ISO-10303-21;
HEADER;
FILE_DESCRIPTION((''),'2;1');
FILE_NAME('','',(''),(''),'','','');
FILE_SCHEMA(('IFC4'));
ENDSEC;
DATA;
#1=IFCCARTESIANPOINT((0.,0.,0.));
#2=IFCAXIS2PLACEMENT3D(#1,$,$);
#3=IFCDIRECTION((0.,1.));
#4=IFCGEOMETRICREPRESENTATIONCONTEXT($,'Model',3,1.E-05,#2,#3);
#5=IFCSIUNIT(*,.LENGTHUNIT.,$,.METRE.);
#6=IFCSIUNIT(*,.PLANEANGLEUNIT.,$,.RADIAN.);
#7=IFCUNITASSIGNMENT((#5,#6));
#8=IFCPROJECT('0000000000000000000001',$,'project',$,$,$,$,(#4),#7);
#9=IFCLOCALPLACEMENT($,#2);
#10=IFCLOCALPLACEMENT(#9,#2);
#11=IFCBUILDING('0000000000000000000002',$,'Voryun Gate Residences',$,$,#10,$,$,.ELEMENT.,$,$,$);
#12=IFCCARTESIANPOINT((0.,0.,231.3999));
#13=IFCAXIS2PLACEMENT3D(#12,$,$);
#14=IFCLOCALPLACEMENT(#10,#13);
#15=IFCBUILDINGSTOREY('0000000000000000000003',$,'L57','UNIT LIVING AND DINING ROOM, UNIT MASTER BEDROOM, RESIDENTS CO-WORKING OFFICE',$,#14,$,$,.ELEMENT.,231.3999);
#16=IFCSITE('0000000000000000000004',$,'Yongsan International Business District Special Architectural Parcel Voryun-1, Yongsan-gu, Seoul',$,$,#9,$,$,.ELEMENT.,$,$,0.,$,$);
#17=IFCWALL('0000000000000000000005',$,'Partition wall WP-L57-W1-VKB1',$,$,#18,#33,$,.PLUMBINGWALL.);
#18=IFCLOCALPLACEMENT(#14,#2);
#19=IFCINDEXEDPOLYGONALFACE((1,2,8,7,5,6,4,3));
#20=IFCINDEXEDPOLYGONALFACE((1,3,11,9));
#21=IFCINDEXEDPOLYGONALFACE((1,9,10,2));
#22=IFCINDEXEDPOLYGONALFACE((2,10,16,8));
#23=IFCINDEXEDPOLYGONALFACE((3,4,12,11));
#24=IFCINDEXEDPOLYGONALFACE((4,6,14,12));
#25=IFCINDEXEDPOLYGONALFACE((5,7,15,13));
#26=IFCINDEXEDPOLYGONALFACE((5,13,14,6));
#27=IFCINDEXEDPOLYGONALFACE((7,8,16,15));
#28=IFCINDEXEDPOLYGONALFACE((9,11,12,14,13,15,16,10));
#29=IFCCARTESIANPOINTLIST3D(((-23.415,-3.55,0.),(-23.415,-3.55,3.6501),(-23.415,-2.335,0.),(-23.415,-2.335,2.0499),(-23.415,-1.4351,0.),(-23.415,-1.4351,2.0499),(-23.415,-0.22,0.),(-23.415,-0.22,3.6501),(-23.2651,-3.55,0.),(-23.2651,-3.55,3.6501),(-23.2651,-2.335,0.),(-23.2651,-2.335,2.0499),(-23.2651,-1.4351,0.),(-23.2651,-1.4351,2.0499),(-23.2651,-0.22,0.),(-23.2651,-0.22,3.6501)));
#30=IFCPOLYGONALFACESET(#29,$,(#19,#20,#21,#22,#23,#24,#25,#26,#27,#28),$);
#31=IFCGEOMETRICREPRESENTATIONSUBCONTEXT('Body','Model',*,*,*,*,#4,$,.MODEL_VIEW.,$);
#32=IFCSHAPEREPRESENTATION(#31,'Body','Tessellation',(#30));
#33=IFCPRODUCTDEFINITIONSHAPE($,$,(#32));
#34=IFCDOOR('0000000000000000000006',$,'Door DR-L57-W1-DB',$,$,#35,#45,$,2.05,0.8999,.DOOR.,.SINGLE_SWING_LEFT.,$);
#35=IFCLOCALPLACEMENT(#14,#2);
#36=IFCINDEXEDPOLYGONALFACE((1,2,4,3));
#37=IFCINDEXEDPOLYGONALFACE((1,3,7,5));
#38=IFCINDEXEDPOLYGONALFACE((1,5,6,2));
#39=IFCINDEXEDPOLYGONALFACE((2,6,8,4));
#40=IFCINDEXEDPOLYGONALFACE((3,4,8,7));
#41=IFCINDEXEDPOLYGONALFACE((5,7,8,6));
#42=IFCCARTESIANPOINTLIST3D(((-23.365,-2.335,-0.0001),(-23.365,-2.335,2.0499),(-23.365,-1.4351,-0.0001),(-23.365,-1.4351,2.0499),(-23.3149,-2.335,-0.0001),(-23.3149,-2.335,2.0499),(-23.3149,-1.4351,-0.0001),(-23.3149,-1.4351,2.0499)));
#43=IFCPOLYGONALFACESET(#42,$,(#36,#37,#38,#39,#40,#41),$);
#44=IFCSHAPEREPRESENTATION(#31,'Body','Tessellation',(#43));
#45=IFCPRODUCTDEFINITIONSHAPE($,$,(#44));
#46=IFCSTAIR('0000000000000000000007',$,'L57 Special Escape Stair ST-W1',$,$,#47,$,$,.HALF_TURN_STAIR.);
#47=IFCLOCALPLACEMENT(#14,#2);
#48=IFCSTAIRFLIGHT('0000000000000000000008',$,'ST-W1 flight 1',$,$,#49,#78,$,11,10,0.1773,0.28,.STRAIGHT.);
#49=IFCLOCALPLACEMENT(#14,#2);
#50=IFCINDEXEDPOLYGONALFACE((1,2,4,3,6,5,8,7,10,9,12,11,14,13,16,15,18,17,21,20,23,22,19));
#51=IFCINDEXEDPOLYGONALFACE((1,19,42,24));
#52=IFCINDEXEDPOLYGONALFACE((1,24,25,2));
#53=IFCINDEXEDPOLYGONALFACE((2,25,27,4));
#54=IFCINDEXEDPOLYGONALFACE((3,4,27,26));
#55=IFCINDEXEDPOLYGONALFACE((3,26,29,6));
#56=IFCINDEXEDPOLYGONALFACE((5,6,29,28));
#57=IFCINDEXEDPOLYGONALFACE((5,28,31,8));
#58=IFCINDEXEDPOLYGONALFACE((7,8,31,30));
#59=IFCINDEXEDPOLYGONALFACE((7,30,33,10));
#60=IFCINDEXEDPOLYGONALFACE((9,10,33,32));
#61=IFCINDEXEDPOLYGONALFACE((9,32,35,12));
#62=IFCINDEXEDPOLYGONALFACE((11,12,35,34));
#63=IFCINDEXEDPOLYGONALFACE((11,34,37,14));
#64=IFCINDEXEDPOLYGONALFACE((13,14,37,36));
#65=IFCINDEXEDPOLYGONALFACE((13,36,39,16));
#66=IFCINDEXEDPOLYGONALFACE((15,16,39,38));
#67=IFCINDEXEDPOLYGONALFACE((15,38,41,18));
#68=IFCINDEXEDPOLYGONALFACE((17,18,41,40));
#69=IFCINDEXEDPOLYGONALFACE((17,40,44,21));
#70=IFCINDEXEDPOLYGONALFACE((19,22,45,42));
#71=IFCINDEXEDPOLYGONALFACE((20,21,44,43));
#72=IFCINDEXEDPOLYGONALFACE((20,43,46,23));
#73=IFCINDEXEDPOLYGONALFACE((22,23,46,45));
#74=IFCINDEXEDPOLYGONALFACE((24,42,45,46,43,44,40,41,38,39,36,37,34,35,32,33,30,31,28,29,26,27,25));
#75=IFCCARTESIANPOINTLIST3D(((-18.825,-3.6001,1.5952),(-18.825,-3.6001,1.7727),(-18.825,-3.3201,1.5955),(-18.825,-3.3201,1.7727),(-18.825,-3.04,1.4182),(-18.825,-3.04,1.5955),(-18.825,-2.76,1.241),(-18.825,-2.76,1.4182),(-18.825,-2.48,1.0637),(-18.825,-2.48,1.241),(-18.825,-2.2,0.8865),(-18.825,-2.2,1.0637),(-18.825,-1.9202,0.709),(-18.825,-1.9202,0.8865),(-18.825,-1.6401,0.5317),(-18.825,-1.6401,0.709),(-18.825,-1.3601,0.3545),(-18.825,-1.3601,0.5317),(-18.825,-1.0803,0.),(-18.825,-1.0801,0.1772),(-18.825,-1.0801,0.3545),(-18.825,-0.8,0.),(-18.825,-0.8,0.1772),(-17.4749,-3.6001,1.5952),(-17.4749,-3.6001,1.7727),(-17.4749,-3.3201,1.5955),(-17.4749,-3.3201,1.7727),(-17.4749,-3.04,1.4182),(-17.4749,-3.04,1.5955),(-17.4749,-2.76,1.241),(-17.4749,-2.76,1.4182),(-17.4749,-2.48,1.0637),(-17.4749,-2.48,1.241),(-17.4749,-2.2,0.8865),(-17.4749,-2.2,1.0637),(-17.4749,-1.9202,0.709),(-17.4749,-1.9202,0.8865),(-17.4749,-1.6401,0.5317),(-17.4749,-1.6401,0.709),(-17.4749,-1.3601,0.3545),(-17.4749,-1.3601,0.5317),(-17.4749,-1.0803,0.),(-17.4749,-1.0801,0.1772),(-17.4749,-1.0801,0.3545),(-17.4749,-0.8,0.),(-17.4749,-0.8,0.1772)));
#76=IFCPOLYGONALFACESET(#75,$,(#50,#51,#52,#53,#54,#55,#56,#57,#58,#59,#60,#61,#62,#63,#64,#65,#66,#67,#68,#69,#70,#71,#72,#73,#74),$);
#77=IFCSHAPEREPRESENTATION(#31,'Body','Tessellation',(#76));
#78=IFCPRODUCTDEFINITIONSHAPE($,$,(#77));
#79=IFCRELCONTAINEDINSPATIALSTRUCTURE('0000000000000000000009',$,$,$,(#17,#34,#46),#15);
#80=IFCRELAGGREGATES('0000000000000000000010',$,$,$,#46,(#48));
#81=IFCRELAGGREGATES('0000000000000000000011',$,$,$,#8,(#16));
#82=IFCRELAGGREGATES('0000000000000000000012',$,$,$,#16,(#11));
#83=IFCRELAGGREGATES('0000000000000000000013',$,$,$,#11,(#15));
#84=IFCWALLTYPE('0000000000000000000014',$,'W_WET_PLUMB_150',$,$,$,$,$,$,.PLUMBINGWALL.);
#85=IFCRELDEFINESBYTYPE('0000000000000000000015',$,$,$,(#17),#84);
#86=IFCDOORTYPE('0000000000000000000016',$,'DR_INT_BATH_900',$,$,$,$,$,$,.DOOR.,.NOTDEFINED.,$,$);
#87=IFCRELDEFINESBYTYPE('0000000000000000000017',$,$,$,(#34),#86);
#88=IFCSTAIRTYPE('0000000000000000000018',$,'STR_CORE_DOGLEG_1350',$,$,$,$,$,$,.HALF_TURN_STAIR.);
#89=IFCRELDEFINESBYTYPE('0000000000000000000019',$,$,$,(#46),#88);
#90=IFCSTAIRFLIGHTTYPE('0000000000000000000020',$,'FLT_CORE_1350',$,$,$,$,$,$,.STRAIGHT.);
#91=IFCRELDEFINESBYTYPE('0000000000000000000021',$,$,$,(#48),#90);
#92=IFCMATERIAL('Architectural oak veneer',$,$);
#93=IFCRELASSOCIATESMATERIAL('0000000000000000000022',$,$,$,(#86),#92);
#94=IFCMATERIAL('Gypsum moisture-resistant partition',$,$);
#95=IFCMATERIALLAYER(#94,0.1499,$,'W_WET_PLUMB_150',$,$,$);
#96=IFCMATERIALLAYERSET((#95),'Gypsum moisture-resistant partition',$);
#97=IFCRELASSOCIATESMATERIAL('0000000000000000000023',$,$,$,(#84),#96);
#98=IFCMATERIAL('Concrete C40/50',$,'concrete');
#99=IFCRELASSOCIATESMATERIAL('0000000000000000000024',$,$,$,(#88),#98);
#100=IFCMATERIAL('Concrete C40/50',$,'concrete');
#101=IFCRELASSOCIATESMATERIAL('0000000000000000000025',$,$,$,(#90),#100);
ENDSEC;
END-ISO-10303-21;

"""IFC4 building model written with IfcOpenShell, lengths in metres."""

from ifc_helpers import new_model, si_unit, direction, frame, frame_2d, origin, place, context, subcontext, project, spatial, polyline, rectangle, outline, extrude, material, layer, layer_set, type_object, element, fill, aggregate, save


model = new_model("IFC4")

# Units and contexts
model_context = context("Model", 3, precision=1e-05, world=origin(), true_north=direction((0.0, 1.0)))
body_context = subcontext(model_context, "Body", "Model", "MODEL_VIEW")
ifc_project = project(units=[si_unit("LENGTHUNIT", "METRE"), si_unit("PLANEANGLEUNIT", "RADIAN")], contexts=[model_context])

# Site, building, storey
site_placement = place(None, origin())
site = spatial("IfcSite", under=ifc_project, at=site_placement, Name="Yongsan International Business District Special Architectural Parcel Voryun-1, Yongsan-gu, Seoul", CompositionType="ELEMENT", RefElevation=0.0)
building_placement = place(site_placement, origin())
building = spatial("IfcBuilding", under=site, at=building_placement, Name="Voryun Gate Residences", CompositionType="ELEMENT")
storey_placement = place(building_placement, frame((0.0, 0.0, 231.3999)))
storey = spatial("IfcBuildingStorey", under=building, at=storey_placement, Name="L57", Description="UNIT LIVING AND DINING ROOM, UNIT MASTER BEDROOM, RESIDENTS CO-WORKING OFFICE", CompositionType="ELEMENT", Elevation=231.3999)

# Shared definitions
ifc_material_1 = material(Name="Architectural oak veneer")
door_type_1 = type_object("IfcDoorType", Name="DR_INT_BATH_900", OperationType="NOTDEFINED", PredefinedType="DOOR", material=ifc_material_1)

# Wall, opening, door
ifc_material_2 = material(Name="Gypsum moisture-resistant partition")
ifc_layer_1 = layer(ifc_material_2, 0.1499, Name="W_WET_PLUMB_150")
ifc_layer_set_1 = layer_set([ifc_layer_1], Name="Gypsum moisture-resistant partition")
wall_type_1 = type_object("IfcWallType", Name="W_WET_PLUMB_150", PredefinedType="PLUMBINGWALL", material=ifc_layer_set_1)
wall_1_placement = place(storey_placement, frame((-23.3401, -3.55, 0.0), z_axis=(0.0, 0.0, 1.0), x_axis=(0.0, 1.0, 0.0)))
wall_1 = element("IfcWall", 1, at=wall_1_placement, inside=storey, type_object=wall_type_1, Name="Partition wall WP-L57-W1-VKB1", PredefinedType="PLUMBINGWALL", context=body_context, shape_type="SweptSolid", body=[
    extrude(rectangle(XDim=3.3301, YDim=0.1499, at=frame_2d((1.665, 0.0))), origin(), (0.0, 0.0, 1.0), 3.6501),
])
opening_1_placement = place(wall_1_placement, frame((1.2151, 0.0, 0.0)))
opening_1 = element("IfcOpeningElement", 2, at=opening_1_placement, cuts=wall_1, PredefinedType="OPENING", context=body_context, shape_type="SweptSolid", body=[
    extrude(rectangle(XDim=0.8999, YDim=2.05, at=frame_2d((0.45, 1.0249))), frame((0.0, 0.085, 0.0), z_axis=(0.0, -1.0, 0.0), x_axis=(1.0, 0.0, 0.0)), (0.0, 0.0, 1.0), 0.1699),
])
door_1_placement = place(opening_1_placement, origin())
door_1 = element("IfcDoor", 3, at=door_1_placement, inside=storey, type_object=door_type_1, Name="Door DR-L57-W1-DB", OperationType="SINGLE_SWING_LEFT", OverallHeight=2.05, OverallWidth=0.8999, PredefinedType="DOOR", context=body_context, shape_type="SweptSolid", body=[
    extrude(rectangle(XDim=0.8999, YDim=2.05, at=frame_2d((0.45, 1.0249))), frame((0.0, 0.0249, 0.0), z_axis=(0.0, -1.0, 0.0), x_axis=(1.0, 0.0, 0.0)), (0.0, 0.0, 1.0), 0.05),
])
fill(opening_1, door_1)

# Stair, stair flight
ifc_material_3 = material(Name="Concrete C40/50", Category="concrete")
stair_type = type_object("IfcStairType", Name="STR_CORE_DOGLEG_1350", PredefinedType="HALF_TURN_STAIR", material=ifc_material_3)
stair_placement = place(storey_placement, origin())
stair = element("IfcStair", 4, at=stair_placement, inside=storey, type_object=stair_type, Name="L57 Special Escape Stair ST-W1", PredefinedType="HALF_TURN_STAIR")
ifc_material_4 = material(Name="Concrete C40/50", Category="concrete")
stair_flight_type = type_object("IfcStairFlightType", Name="FLT_CORE_1350", PredefinedType="STRAIGHT", material=ifc_material_4)
stair_flight_placement = place(storey_placement, frame((-18.1499, -0.8, 0.0), z_axis=(0.0, 0.0, 1.0), x_axis=(0.0, -1.0, 0.0)))
stair_flight = element("IfcStairFlight", 5, at=stair_flight_placement, type_object=stair_flight_type, Name="ST-W1 flight 1", NumberOfRisers=11, NumberOfTreads=10, PredefinedType="STRAIGHT", RiserHeight=0.1773, TreadLength=0.28, context=body_context, shape_type="SweptSolid", body=[
    extrude(outline(polyline([(0.0, 0.0), (0.0, 0.1772), (0.28, 0.1772), (0.28, 0.3545), (0.5601, 0.3545), (0.5601, 0.5317), (0.8401, 0.5317), (0.8401, 0.709), (1.1201, 0.709), (1.1201, 0.8865), (1.3999, 0.8865), (1.3999, 1.0637), (1.6799, 1.0637), (1.6799, 1.241), (1.96, 1.241), (1.96, 1.4182), (2.24, 1.4182), (2.24, 1.5955), (2.52, 1.5955), (2.52, 1.7727), (2.8, 1.7727), (2.8, 1.95), (2.8, 1.5952), (0.2803, 0.0), (0.0, 0.0)])), frame((0.0, 0.675, 0.0), z_axis=(0.0, -1.0, 0.0), x_axis=(1.0, 0.0, 0.0)), (0.0, 0.0, 1.0), 1.3501),
])
aggregate(stair, [stair_flight])

save(model, "model.ifc")
